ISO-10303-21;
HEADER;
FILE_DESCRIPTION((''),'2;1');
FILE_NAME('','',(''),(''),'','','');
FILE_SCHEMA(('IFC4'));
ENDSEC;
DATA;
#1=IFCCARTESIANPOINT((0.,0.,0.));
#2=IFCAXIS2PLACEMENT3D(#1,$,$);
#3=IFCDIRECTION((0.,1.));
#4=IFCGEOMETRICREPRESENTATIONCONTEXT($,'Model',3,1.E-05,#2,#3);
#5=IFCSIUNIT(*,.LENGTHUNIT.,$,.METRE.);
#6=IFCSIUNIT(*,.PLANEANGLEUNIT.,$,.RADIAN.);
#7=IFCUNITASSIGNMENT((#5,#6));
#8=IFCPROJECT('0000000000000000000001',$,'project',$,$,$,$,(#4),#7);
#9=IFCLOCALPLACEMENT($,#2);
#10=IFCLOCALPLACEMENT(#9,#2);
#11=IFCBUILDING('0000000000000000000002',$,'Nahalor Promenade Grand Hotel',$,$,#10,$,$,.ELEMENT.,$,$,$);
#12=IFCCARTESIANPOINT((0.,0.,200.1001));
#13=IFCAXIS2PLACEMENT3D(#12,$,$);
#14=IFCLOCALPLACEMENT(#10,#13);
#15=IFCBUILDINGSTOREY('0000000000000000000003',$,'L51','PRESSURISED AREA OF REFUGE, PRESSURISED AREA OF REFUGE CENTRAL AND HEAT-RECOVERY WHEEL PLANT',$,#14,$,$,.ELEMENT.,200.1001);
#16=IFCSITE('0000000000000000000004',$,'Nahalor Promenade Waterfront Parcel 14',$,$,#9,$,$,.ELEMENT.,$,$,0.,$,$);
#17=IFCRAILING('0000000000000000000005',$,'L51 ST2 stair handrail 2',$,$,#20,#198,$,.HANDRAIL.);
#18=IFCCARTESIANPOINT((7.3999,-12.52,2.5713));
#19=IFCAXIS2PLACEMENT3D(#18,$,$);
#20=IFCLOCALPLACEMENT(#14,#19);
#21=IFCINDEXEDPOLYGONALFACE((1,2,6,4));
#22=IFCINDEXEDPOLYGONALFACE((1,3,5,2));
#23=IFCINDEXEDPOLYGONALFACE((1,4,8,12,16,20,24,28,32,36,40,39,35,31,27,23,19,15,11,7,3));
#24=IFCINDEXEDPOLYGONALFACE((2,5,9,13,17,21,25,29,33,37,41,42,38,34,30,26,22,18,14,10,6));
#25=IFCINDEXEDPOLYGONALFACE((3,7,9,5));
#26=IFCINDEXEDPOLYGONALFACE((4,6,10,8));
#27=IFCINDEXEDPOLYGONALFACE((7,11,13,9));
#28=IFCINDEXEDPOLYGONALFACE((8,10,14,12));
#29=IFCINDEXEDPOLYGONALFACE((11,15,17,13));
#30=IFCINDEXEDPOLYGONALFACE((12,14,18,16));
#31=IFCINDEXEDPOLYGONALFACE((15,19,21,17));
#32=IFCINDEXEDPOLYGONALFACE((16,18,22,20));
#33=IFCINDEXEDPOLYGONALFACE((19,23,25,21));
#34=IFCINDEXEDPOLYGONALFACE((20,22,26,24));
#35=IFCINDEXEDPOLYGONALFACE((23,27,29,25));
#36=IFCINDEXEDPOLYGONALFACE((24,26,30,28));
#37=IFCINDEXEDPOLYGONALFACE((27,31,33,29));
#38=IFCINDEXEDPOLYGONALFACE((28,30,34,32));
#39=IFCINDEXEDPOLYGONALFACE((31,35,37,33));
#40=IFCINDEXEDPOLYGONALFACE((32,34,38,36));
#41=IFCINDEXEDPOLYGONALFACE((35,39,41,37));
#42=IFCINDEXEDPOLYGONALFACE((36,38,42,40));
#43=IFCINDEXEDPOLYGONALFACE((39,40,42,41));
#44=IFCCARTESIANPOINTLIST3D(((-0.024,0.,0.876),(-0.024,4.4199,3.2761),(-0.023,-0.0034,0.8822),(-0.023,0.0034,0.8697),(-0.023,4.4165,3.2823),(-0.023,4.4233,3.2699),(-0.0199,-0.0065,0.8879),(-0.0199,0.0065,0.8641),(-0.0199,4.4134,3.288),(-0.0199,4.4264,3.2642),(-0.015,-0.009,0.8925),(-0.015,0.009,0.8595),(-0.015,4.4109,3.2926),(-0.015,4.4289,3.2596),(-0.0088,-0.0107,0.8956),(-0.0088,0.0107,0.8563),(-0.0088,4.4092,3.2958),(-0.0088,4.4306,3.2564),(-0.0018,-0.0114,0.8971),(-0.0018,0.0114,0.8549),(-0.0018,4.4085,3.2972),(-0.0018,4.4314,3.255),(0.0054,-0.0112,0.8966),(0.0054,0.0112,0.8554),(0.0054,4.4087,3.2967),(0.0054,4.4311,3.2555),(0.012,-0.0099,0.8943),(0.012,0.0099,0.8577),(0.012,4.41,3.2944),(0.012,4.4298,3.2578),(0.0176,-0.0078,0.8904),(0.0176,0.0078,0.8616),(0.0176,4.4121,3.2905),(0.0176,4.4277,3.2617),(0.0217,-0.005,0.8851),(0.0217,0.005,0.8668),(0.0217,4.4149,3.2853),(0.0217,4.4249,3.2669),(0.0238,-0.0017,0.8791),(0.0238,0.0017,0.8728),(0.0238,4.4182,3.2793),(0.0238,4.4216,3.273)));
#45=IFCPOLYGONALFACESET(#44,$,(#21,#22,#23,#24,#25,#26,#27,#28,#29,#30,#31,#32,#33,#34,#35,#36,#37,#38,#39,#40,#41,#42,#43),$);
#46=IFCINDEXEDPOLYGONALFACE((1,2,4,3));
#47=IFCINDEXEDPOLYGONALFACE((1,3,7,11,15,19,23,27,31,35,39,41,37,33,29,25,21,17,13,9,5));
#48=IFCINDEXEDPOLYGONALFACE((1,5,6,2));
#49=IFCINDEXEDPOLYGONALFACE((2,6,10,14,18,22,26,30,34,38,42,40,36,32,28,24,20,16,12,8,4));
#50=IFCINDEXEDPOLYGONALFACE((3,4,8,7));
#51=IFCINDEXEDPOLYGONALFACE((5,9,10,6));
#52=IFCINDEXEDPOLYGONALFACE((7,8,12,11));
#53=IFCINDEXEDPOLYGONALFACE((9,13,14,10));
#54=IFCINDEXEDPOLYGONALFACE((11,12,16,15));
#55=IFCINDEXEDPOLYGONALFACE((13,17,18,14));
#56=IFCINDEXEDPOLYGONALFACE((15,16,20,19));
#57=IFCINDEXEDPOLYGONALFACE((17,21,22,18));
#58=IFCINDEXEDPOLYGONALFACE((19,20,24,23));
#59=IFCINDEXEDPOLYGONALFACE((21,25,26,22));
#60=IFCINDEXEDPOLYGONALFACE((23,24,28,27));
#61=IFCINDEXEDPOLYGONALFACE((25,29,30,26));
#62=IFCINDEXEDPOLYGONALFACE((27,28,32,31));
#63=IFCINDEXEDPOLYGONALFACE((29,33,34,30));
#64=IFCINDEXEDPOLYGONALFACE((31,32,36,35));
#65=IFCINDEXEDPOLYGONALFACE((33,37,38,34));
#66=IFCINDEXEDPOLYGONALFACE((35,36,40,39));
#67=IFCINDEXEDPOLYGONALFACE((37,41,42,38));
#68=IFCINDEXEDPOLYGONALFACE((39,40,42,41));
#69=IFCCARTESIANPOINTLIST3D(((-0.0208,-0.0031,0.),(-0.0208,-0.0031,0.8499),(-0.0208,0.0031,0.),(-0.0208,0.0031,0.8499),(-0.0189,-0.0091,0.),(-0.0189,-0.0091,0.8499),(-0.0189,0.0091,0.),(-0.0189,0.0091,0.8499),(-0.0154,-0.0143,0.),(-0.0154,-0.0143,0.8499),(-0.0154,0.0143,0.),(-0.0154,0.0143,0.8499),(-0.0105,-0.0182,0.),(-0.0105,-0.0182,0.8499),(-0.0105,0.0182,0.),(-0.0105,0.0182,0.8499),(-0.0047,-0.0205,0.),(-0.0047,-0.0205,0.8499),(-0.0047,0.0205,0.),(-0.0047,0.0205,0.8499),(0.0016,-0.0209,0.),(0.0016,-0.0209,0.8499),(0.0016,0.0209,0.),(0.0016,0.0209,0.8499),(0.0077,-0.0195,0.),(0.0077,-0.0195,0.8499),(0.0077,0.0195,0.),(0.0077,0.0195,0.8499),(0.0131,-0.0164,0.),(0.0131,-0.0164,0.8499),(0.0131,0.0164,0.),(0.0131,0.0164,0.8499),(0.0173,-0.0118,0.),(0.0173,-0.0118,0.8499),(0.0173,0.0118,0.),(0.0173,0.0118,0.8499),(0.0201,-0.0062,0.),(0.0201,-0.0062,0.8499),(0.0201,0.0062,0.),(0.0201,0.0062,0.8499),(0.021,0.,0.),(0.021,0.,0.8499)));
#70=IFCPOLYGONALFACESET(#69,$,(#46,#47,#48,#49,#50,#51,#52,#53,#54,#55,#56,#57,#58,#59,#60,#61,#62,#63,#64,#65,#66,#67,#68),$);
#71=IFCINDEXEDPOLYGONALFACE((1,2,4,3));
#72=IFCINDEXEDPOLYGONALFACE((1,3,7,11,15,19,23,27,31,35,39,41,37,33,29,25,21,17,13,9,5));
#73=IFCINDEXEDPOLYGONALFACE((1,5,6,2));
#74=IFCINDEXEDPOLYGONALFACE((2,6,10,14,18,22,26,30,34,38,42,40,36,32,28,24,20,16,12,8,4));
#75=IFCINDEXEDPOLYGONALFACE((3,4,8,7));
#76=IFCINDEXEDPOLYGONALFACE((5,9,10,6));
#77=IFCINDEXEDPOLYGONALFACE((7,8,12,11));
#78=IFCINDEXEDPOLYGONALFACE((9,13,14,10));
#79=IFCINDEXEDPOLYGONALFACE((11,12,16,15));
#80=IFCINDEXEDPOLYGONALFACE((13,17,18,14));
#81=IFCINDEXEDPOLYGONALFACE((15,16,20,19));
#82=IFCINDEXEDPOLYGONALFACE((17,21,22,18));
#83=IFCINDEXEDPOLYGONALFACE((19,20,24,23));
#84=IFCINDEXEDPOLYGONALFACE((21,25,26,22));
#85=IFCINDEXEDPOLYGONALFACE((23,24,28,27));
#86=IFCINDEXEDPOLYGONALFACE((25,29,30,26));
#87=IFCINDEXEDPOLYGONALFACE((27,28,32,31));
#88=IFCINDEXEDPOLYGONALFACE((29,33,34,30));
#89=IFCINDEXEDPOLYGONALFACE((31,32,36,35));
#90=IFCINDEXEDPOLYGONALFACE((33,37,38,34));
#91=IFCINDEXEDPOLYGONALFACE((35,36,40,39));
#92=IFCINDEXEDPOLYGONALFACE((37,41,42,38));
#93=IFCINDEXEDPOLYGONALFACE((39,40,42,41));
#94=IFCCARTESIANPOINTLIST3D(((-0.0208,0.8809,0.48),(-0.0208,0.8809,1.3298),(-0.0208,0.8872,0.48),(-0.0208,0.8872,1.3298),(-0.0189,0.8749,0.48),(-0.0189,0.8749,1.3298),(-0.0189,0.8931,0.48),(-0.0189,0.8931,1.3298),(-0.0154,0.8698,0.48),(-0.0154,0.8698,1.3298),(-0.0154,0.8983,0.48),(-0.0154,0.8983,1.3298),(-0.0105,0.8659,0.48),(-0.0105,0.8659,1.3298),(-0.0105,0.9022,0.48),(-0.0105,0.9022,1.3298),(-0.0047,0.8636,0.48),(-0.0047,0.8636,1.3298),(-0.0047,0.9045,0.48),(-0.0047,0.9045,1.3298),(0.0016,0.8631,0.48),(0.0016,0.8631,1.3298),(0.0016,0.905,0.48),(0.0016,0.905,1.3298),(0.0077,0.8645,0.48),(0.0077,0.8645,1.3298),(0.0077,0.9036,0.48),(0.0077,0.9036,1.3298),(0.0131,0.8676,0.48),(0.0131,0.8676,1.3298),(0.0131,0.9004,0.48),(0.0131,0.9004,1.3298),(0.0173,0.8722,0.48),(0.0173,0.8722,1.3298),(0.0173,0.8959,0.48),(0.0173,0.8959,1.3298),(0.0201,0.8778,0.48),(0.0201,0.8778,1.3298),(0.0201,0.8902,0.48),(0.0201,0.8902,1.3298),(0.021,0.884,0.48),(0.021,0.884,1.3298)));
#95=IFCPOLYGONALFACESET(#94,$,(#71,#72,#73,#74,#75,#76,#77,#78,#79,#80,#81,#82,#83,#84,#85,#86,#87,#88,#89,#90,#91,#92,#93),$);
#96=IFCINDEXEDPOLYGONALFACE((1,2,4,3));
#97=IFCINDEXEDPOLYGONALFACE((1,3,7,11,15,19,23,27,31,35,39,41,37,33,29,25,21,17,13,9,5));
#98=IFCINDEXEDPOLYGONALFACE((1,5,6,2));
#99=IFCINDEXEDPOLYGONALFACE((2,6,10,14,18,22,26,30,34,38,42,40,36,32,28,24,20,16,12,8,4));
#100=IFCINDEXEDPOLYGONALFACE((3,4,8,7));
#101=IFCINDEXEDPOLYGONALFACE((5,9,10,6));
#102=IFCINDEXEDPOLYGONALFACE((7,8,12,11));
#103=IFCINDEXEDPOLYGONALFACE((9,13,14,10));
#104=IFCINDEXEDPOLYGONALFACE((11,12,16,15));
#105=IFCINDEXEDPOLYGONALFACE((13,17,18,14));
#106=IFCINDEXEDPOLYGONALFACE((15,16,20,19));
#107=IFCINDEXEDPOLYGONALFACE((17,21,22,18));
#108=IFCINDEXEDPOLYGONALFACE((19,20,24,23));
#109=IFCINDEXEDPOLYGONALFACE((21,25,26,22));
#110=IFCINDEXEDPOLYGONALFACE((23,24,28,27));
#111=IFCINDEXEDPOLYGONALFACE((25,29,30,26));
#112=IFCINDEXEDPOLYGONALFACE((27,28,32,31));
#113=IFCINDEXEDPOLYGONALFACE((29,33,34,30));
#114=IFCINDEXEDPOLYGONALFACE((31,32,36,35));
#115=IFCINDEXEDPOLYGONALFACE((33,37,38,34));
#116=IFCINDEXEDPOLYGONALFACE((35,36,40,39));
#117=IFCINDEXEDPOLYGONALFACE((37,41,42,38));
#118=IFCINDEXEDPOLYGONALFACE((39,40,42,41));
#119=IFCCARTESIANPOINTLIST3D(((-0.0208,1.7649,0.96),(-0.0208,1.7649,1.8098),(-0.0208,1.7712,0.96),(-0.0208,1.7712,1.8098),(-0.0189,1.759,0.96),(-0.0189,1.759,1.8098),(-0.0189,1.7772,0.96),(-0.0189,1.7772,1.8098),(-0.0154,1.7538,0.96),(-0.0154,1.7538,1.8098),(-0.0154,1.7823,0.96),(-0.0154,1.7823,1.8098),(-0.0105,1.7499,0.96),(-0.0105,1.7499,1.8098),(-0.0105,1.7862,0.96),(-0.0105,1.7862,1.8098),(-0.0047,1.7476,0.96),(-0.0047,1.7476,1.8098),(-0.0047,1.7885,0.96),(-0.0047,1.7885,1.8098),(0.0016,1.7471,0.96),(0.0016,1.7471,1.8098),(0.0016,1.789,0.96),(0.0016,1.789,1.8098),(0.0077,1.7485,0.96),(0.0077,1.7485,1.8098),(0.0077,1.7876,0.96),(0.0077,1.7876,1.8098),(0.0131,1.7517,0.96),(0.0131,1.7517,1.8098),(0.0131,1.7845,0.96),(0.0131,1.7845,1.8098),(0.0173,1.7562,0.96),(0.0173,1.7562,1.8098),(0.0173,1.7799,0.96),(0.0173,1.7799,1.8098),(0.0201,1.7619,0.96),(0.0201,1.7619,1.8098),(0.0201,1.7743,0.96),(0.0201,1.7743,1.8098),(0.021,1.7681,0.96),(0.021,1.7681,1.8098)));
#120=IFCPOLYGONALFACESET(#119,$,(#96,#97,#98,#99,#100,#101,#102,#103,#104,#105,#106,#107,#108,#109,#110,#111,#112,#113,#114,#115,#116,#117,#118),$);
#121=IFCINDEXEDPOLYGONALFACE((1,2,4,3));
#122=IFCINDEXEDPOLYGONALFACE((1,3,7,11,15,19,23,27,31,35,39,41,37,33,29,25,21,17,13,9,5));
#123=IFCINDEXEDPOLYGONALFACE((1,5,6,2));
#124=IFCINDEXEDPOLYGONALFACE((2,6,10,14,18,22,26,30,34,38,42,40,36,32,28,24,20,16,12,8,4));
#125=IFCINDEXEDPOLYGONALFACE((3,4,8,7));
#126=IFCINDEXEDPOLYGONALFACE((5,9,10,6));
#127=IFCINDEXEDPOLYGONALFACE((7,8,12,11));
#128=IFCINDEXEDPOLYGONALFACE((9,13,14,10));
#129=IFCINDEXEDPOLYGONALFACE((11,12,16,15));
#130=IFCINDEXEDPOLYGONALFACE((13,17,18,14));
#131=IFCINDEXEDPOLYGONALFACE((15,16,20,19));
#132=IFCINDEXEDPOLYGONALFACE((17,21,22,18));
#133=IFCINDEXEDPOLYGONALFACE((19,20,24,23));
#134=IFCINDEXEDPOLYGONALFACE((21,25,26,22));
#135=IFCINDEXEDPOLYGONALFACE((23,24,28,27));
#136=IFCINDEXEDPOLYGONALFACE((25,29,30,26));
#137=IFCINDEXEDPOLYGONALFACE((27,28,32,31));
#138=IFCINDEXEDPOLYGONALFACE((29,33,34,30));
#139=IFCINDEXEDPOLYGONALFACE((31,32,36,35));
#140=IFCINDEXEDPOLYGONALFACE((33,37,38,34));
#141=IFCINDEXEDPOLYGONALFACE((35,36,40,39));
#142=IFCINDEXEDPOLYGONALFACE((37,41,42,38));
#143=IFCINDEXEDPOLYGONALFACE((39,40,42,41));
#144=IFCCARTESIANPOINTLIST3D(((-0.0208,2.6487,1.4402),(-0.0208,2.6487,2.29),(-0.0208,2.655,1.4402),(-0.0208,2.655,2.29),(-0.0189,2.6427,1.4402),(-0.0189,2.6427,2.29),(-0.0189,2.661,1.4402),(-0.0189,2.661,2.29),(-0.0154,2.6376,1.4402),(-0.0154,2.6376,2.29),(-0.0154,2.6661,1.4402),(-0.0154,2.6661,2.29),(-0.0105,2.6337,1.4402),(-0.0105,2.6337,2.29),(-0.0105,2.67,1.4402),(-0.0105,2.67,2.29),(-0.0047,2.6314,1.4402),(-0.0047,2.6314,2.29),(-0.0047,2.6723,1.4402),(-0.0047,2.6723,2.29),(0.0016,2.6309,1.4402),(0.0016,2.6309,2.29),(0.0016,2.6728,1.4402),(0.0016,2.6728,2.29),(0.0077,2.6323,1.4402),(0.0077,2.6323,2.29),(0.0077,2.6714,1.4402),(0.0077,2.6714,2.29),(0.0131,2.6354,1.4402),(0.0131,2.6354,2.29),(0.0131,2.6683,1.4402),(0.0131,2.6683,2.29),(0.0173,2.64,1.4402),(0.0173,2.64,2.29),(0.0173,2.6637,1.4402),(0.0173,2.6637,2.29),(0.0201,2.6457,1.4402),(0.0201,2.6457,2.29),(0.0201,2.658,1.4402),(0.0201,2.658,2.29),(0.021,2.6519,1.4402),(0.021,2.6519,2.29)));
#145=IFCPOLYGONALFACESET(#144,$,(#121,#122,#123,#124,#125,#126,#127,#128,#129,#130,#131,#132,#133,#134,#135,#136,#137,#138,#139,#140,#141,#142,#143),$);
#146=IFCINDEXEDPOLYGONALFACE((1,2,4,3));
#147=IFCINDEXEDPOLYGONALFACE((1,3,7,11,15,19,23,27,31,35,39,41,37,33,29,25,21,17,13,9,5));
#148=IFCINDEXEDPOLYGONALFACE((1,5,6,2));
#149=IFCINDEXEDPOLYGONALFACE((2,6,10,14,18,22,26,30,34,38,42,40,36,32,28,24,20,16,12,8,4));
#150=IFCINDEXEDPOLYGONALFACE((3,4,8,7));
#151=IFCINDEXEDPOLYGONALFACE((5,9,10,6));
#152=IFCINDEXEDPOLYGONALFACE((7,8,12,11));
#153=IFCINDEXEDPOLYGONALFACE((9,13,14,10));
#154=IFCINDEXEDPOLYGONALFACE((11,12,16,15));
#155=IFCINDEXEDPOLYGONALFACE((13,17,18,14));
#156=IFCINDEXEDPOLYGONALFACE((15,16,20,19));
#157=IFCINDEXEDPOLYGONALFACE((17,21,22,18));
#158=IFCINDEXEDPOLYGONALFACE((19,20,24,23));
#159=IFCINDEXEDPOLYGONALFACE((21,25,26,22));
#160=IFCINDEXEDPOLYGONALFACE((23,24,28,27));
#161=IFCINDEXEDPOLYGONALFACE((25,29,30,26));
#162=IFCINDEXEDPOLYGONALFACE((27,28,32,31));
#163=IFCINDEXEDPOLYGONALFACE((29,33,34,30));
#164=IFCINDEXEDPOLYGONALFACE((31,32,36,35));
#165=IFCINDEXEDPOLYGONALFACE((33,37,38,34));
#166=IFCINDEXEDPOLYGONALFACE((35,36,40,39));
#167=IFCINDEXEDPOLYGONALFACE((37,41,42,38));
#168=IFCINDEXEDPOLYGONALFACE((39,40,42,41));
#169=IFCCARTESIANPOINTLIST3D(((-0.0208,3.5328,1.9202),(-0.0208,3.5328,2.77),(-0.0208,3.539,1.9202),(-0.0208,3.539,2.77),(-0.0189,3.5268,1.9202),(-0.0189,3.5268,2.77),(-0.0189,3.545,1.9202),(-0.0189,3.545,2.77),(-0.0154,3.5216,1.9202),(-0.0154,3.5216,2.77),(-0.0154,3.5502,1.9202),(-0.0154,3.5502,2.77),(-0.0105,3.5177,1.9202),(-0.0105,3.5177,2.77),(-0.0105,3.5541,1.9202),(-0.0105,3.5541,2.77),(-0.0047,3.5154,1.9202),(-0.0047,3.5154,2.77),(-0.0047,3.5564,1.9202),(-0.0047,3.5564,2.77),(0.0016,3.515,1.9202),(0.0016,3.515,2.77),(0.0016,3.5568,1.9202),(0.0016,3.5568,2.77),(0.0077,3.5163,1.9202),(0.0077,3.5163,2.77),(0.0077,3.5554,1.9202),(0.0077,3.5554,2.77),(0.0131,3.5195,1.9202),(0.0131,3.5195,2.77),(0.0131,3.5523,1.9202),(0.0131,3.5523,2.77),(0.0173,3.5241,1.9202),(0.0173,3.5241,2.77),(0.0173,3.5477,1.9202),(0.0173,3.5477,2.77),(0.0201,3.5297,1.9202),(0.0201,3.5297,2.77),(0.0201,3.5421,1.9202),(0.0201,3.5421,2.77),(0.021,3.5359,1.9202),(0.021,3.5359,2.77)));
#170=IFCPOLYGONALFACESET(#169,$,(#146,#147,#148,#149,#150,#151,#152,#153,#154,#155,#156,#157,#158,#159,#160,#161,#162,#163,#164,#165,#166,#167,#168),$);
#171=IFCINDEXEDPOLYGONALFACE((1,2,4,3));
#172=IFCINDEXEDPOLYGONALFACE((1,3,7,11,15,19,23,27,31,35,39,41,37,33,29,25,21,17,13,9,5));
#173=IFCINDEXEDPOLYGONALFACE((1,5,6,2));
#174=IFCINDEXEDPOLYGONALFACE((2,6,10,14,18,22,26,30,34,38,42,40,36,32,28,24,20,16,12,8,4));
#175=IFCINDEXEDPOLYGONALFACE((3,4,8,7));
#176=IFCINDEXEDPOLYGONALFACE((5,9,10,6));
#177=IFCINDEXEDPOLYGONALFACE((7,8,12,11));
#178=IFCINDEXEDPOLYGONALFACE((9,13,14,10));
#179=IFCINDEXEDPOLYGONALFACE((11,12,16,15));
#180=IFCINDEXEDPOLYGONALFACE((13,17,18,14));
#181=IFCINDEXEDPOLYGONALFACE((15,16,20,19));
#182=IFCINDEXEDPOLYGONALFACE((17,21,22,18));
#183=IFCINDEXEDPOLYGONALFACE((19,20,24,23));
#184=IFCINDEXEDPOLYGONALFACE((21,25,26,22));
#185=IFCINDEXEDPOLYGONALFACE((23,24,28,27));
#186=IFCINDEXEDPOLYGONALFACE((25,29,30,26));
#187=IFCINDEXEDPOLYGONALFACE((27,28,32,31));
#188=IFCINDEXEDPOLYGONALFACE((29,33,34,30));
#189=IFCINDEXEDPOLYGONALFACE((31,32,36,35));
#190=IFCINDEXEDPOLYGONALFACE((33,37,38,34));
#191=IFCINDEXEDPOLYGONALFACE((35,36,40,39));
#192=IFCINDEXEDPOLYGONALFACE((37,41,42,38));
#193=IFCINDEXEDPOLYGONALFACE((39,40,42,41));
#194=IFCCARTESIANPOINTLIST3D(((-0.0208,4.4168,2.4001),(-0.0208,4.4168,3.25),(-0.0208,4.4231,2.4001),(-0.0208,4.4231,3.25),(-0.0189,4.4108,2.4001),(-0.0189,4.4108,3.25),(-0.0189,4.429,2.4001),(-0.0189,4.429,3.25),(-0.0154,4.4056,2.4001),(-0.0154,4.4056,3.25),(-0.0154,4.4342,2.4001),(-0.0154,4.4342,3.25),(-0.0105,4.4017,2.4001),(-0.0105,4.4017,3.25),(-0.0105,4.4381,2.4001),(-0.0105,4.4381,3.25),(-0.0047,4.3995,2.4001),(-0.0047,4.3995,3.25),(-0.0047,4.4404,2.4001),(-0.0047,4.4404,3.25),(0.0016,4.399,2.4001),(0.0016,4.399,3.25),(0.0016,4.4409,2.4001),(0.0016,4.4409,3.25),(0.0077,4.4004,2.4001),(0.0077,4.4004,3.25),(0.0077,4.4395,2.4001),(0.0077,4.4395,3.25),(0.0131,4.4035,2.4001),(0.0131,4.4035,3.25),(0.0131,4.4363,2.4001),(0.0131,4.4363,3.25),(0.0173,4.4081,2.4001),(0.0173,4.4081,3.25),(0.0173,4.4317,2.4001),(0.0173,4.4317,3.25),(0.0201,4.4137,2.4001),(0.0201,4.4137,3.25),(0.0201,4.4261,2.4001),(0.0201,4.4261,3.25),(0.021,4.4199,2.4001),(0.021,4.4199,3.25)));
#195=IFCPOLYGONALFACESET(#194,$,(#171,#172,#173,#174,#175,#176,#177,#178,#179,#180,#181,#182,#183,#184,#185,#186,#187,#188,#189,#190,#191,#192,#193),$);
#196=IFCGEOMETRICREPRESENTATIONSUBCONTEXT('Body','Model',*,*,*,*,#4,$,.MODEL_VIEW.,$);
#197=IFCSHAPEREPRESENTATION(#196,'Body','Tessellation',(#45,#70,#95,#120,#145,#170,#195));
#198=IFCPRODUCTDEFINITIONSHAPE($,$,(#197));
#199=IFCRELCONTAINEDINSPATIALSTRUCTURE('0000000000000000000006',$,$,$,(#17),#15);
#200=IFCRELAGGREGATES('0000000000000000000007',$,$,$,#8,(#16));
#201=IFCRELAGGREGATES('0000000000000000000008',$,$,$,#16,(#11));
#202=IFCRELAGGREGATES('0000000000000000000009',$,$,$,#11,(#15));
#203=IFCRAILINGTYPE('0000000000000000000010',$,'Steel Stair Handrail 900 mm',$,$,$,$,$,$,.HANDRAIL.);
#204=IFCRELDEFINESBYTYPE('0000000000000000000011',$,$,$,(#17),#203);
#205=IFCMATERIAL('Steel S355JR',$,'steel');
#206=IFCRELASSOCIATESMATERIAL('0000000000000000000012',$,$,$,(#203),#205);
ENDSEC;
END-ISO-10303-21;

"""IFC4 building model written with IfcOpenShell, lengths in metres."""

from ifc_helpers import new_model, si_unit, direction, frame, origin, origin_2d, place, context, subcontext, project, spatial, circle, extrude, material, type_object, element, save


model = new_model("IFC4")

# Units and contexts
model_context = context("Model", 3, precision=1e-05, world=origin(), true_north=direction((0.0, 1.0)))
body_context = subcontext(model_context, "Body", "Model", "MODEL_VIEW")
ifc_project = project(units=[si_unit("LENGTHUNIT", "METRE"), si_unit("PLANEANGLEUNIT", "RADIAN")], contexts=[model_context])

# Site, building, storey
site_placement = place(None, origin())
site = spatial("IfcSite", under=ifc_project, at=site_placement, Name="Nahalor Promenade Waterfront Parcel 14", CompositionType="ELEMENT", RefElevation=0.0)
building_placement = place(site_placement, origin())
building = spatial("IfcBuilding", under=site, at=building_placement, Name="Nahalor Promenade Grand Hotel", CompositionType="ELEMENT")
storey_placement = place(building_placement, frame((0.0, 0.0, 200.1001)))
storey = spatial("IfcBuildingStorey", under=building, at=storey_placement, Name="L51", Description="PRESSURISED AREA OF REFUGE, PRESSURISED AREA OF REFUGE CENTRAL AND HEAT-RECOVERY WHEEL PLANT", CompositionType="ELEMENT", Elevation=200.1001)

# Shared definitions
ifc_material_1 = material(Name="Steel S355JR", Category="steel")

# Railing
railing_type_1 = type_object("IfcRailingType", Name="Steel Stair Handrail 900 mm", PredefinedType="HANDRAIL", material=ifc_material_1)
railing_1_placement = place(storey_placement, frame((7.3999, -12.52, 2.5713)))
element("IfcRailing", 1, at=railing_1_placement, inside=storey, type_object=railing_type_1, Name="L51 ST2 stair handrail 2", PredefinedType="HANDRAIL", context=body_context, shape_type="SweptSolid", body=[
    extrude(circle(Radius=0.024, at=origin_2d()), frame((0.0, 0.0, 0.876), z_axis=(0.0, 0.87879, 0.477209), x_axis=(-1.0, 0.0, 0.0)), (0.0, 0.0, 1.0), 5.0295),
    extrude(circle(Radius=0.021, at=origin_2d()), origin(), (0.0, 0.0, 1.0), 0.8499),
    extrude(circle(Radius=0.021, at=origin_2d()), frame((0.0, 0.884, 0.48)), (0.0, 0.0, 1.0), 0.8499),
    extrude(circle(Radius=0.021, at=origin_2d()), frame((0.0, 1.7681, 0.96)), (0.0, 0.0, 1.0), 0.8499),
    extrude(circle(Radius=0.021, at=origin_2d()), frame((0.0, 2.6519, 1.4402)), (0.0, 0.0, 1.0), 0.8499),
    extrude(circle(Radius=0.021, at=origin_2d()), frame((0.0, 3.5359, 1.9202)), (0.0, 0.0, 1.0), 0.8499),
    extrude(circle(Radius=0.021, at=origin_2d()), frame((0.0, 4.4199, 2.4001)), (0.0, 0.0, 1.0), 0.8499),
])

save(model, "model.ifc")
